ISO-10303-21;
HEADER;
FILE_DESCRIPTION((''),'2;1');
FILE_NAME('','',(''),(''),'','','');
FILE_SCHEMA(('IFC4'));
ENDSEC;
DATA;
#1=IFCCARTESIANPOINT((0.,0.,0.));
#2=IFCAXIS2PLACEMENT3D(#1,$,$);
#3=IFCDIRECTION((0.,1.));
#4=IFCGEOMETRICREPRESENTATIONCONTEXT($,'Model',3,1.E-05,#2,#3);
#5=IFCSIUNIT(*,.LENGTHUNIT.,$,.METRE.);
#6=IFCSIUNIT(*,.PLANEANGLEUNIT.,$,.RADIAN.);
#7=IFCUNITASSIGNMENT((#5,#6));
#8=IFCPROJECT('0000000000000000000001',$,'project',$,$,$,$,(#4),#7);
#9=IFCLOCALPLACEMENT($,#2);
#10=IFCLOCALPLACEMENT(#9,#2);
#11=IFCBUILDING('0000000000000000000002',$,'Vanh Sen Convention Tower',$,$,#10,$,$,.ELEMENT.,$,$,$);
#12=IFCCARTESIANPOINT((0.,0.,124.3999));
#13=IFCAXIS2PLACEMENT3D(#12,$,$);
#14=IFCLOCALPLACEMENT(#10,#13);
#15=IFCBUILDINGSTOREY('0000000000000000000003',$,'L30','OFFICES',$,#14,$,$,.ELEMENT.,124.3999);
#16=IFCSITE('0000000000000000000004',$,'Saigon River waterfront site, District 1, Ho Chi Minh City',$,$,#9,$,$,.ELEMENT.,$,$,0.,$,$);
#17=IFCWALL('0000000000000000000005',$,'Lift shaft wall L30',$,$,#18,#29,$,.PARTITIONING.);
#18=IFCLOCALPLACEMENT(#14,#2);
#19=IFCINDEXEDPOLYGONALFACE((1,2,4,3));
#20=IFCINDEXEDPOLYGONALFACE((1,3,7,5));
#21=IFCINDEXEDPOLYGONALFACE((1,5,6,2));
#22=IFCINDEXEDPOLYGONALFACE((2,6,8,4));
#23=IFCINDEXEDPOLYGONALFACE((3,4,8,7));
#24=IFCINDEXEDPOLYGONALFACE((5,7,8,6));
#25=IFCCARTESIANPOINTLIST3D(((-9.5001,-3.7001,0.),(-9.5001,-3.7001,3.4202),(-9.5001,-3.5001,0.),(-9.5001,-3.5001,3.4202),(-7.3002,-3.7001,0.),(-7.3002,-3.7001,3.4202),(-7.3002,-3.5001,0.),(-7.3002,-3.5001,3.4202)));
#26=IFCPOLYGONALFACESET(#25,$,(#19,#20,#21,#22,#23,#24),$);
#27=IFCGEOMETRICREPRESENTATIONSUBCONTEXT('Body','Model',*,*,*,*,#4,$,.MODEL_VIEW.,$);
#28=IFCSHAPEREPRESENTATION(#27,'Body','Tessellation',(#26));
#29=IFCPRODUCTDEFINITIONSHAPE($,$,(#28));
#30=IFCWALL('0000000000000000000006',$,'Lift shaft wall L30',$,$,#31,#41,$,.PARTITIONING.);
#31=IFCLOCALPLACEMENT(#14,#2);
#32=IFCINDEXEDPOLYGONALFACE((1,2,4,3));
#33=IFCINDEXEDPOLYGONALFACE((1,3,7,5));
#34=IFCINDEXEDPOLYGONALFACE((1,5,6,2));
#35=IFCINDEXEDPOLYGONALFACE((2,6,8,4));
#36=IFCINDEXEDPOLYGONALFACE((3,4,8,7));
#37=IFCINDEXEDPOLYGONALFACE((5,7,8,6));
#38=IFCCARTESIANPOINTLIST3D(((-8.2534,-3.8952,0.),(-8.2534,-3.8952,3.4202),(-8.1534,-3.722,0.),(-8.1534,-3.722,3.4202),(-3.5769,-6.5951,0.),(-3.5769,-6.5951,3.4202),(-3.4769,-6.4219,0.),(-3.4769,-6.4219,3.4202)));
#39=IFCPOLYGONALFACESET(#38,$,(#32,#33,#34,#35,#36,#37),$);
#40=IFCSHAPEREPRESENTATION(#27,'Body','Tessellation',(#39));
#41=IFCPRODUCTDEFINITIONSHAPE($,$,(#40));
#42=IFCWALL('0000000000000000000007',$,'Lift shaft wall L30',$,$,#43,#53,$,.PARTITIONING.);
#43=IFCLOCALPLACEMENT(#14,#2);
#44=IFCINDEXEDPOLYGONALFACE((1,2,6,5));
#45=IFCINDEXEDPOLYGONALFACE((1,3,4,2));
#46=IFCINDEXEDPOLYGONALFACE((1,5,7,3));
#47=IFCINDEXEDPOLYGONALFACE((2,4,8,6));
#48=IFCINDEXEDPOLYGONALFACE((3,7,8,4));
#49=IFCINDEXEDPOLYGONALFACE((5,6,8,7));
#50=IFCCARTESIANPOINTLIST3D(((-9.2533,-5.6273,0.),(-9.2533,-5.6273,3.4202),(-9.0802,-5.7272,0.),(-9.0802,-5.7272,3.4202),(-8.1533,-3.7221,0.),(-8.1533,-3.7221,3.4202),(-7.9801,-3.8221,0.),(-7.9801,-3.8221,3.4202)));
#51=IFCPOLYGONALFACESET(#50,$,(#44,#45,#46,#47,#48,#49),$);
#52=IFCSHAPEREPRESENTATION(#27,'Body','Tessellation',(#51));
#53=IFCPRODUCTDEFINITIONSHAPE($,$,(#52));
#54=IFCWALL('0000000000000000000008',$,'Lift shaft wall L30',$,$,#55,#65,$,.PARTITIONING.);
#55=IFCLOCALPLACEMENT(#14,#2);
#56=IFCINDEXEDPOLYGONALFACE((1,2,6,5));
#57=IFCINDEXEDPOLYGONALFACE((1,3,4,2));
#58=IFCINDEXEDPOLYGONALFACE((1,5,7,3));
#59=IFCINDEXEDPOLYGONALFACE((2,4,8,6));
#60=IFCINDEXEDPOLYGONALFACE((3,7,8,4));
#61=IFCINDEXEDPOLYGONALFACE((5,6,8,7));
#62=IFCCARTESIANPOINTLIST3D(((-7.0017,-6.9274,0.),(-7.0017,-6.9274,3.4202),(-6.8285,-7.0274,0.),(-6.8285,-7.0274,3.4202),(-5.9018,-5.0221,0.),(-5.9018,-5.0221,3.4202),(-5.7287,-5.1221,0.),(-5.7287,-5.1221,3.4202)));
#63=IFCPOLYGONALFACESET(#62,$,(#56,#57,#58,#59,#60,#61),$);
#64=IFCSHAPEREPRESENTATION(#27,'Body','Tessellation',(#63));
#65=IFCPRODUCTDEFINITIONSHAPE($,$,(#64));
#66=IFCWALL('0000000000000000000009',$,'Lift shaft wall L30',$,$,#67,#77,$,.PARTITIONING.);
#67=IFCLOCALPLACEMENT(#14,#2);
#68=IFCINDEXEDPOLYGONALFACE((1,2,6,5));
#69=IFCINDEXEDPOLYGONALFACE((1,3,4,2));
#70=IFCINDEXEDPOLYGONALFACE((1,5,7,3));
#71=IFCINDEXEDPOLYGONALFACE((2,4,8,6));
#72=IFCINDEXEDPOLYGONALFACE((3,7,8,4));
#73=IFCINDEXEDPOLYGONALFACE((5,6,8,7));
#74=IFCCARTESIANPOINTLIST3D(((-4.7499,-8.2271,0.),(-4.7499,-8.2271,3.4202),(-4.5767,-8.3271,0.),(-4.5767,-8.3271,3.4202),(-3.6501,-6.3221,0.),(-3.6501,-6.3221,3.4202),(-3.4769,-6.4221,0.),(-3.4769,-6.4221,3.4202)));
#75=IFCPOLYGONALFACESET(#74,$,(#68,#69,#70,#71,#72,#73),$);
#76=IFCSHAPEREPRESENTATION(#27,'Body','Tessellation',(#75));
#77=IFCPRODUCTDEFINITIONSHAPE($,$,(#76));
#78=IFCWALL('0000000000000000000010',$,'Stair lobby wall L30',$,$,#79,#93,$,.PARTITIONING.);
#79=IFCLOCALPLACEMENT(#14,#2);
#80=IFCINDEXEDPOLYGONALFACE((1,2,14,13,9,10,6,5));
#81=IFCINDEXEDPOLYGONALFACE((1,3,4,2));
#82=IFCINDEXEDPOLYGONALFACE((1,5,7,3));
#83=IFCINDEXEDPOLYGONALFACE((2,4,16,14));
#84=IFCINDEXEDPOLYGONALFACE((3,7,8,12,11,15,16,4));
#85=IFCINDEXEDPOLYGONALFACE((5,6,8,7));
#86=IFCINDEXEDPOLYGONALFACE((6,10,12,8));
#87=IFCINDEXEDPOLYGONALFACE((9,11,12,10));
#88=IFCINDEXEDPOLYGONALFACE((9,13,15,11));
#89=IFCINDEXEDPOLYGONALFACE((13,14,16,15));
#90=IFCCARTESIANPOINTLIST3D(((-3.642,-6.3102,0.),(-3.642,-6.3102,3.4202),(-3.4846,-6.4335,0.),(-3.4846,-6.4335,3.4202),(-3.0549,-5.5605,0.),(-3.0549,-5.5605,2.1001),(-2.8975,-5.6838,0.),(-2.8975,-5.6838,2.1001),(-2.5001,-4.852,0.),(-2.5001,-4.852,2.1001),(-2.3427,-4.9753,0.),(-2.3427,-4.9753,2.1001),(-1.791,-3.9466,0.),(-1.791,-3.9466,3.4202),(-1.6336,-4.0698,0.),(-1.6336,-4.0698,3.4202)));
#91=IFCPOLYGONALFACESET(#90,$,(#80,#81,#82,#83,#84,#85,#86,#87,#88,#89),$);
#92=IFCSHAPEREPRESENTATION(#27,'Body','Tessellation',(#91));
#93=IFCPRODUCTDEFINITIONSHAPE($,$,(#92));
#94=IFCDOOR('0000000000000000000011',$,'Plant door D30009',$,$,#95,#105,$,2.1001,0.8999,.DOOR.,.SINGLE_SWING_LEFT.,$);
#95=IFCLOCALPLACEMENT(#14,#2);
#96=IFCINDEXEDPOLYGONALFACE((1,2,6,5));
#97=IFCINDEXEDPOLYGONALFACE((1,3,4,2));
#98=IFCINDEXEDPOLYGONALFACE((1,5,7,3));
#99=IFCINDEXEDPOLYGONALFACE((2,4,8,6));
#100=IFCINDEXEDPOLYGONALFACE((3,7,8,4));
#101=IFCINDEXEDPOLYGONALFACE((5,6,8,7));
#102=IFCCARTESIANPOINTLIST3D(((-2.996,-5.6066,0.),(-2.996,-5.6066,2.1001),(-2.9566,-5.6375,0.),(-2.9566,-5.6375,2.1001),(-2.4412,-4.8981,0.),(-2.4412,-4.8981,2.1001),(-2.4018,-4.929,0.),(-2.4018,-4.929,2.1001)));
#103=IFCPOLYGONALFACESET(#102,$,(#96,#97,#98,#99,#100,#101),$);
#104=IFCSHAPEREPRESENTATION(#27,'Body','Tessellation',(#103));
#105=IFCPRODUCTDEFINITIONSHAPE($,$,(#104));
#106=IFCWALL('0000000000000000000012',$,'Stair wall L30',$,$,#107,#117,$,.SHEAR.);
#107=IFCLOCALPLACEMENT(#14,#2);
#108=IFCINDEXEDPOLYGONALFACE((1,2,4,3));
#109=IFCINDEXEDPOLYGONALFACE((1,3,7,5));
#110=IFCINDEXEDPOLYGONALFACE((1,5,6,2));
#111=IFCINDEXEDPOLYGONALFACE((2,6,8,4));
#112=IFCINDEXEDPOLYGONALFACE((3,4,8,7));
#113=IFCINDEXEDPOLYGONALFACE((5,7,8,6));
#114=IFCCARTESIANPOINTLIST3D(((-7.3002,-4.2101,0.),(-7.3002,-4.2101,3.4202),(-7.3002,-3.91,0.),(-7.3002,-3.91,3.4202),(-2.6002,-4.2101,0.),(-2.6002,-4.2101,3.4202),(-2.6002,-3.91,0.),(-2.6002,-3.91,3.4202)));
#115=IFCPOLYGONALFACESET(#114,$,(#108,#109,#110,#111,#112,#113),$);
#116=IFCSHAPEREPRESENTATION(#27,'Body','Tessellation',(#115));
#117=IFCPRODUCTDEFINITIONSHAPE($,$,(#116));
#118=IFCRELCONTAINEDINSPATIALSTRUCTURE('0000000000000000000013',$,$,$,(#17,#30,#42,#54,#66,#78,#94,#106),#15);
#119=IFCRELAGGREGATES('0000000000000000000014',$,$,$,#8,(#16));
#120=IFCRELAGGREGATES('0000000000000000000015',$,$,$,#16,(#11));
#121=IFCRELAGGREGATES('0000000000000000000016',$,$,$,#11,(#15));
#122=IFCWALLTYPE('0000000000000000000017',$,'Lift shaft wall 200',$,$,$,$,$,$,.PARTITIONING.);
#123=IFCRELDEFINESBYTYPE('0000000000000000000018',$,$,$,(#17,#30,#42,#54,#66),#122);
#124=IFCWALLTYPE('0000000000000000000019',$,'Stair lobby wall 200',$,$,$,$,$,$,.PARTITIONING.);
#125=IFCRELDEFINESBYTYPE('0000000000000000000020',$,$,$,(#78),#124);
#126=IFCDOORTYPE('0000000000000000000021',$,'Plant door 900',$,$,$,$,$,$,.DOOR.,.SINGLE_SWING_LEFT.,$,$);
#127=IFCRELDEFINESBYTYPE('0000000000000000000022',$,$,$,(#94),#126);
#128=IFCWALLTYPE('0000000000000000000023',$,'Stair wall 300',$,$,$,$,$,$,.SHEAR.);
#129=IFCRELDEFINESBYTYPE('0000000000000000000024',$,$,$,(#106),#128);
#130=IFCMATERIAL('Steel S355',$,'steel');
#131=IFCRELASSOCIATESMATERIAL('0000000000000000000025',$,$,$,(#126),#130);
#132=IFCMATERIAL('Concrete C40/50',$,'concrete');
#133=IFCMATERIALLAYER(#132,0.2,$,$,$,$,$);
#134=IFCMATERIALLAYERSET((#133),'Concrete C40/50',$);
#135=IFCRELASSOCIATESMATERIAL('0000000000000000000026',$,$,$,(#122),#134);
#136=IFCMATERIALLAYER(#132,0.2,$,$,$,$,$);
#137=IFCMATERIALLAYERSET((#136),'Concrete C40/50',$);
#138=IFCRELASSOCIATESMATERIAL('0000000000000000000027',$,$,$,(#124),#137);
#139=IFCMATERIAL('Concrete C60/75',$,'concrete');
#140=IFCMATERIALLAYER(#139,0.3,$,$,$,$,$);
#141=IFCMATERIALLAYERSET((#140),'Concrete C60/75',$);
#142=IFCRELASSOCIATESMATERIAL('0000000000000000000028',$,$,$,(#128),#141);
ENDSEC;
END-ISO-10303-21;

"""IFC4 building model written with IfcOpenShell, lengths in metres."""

from ifc_helpers import new_model, si_unit, direction, frame, frame_2d, origin, place, context, subcontext, project, spatial, rectangle, extrude, material, layer, layer_set, type_object, element, fill, save


model = new_model("IFC4")

# Units and contexts
model_context = context("Model", 3, precision=1e-05, world=origin(), true_north=direction((0.0, 1.0)))
body_context = subcontext(model_context, "Body", "Model", "MODEL_VIEW")
ifc_project = project(units=[si_unit("LENGTHUNIT", "METRE"), si_unit("PLANEANGLEUNIT", "RADIAN")], contexts=[model_context])

# Site, building, storey
site_placement = place(None, origin())
site = spatial("IfcSite", under=ifc_project, at=site_placement, Name="Saigon River waterfront site, District 1, Ho Chi Minh City", CompositionType="ELEMENT", RefElevation=0.0)
building_placement = place(site_placement, origin())
building = spatial("IfcBuilding", under=site, at=building_placement, Name="Vanh Sen Convention Tower", CompositionType="ELEMENT")
storey_placement = place(building_placement, frame((0.0, 0.0, 124.3999)))
storey = spatial("IfcBuildingStorey", under=building, at=storey_placement, Name="L30", Description="OFFICES", CompositionType="ELEMENT", Elevation=124.3999)

# Shared definitions
ifc_material_1 = material(Name="Steel S355", Category="steel")
door_type_1 = type_object("IfcDoorType", Name="Plant door 900", OperationType="SINGLE_SWING_LEFT", PredefinedType="DOOR", material=ifc_material_1)

# Walls
ifc_material_2 = material(Name="Concrete C40/50", Category="concrete")
ifc_layer_1 = layer(ifc_material_2, 0.2)
ifc_layer_set_1 = layer_set([ifc_layer_1], Name="Concrete C40/50")
wall_type_1 = type_object("IfcWallType", Name="Lift shaft wall 200", PredefinedType="PARTITIONING", material=ifc_layer_set_1)
wall_1_placement = place(storey_placement, frame((-7.3, -3.6001, 0.0), z_axis=(0.0, 0.0, 1.0), x_axis=(-1.0, 0.0, 0.0)))
element("IfcWall", 1, at=wall_1_placement, inside=storey, type_object=wall_type_1, Name="Lift shaft wall L30", PredefinedType="PARTITIONING", context=body_context, shape_type="SweptSolid", body=[
    extrude(rectangle(XDim=2.2, YDim=0.2, at=frame_2d((1.1001, 0.0))), origin(), (0.0, 0.0, 1.0), 3.4202),
])
wall_2_placement = place(storey_placement, frame((-8.2034, -3.8086, 0.0), z_axis=(0.0, 0.0, 1.0), x_axis=(0.866028, -0.499995, 0.0)))
element("IfcWall", 2, at=wall_2_placement, inside=storey, type_object=wall_type_1, Name="Lift shaft wall L30", PredefinedType="PARTITIONING", context=body_context, shape_type="SweptSolid", body=[
    extrude(rectangle(XDim=5.3999, YDim=0.2, at=frame_2d((2.7, 0.0))), origin(), (0.0, 0.0, 1.0), 3.4202),
])
for number, where, z_axis, x_axis, name in (
    (3, (-8.0667, -3.772, 0.0), (0.0, 0.0, 1.0), (-0.50003, -0.866008, 0.0), "Lift shaft wall L30"),
    (4, (-5.8152, -5.072, 0.0), (0.0, 0.0, 1.0), (-0.499947, -0.866056, 0.0), "Lift shaft wall L30"),
):
    element("IfcWall", number, at=place(storey_placement, frame(where, z_axis=z_axis, x_axis=x_axis)), inside=storey, type_object=wall_type_1, Name=name, PredefinedType="PARTITIONING", context=body_context, shape_type="SweptSolid", body=[
        extrude(rectangle(XDim=2.2, YDim=0.2, at=frame_2d((1.1001, 0.0))), origin(), (0.0, 0.0, 1.0), 3.4202),
    ])
wall_3_placement = place(storey_placement, frame((-3.5635, -6.3721, 0.0), z_axis=(0.0, 0.0, 1.0), x_axis=(-0.499995, -0.866028, 0.0)))
element("IfcWall", 5, at=wall_3_placement, inside=storey, type_object=wall_type_1, Name="Lift shaft wall L30", PredefinedType="PARTITIONING", context=body_context, shape_type="SweptSolid", body=[
    extrude(rectangle(XDim=2.1997, YDim=0.2, at=frame_2d((1.0999, 0.0))), origin(), (0.0, 0.0, 1.0), 3.4202),
])

# Wall, opening, door
ifc_layer_2 = layer(ifc_material_2, 0.2)
ifc_layer_set_2 = layer_set([ifc_layer_2], Name="Concrete C40/50")
wall_type_2 = type_object("IfcWallType", Name="Stair lobby wall 200", PredefinedType="PARTITIONING", material=ifc_layer_set_2)
wall_4_placement = place(storey_placement, frame((-1.7124, -4.0083, 0.0), z_axis=(0.0, 0.0, 1.0), x_axis=(-0.616549, -0.787316, 0.0)))
wall_4 = element("IfcWall", 6, at=wall_4_placement, inside=storey, type_object=wall_type_2, Name="Stair lobby wall L30", PredefinedType="PARTITIONING", context=body_context, shape_type="SweptSolid", body=[
    extrude(rectangle(XDim=3.0022, YDim=0.2, at=frame_2d((1.501, 0.0))), origin(), (0.0, 0.0, 1.0), 3.4202),
])
opening_1_placement = place(wall_4_placement, frame((1.1499, 0.0, 0.0)))
opening_1 = element("IfcOpeningElement", 7, at=opening_1_placement, cuts=wall_4, PredefinedType="OPENING", context=body_context, shape_type="SweptSolid", body=[
    extrude(rectangle(XDim=0.8999, YDim=2.1001, at=frame_2d((0.45, 1.05))), frame((0.0, 0.1099, 0.0), z_axis=(0.0, -1.0, 0.0), x_axis=(1.0, 0.0, 0.0)), (0.0, 0.0, 1.0), 0.22),
])
door_1_placement = place(opening_1_placement, origin())
door_1 = element("IfcDoor", 8, at=door_1_placement, inside=storey, type_object=door_type_1, Name="Plant door D30009", OperationType="SINGLE_SWING_LEFT", OverallHeight=2.1001, OverallWidth=0.8999, PredefinedType="DOOR", context=body_context, shape_type="SweptSolid", body=[
    extrude(rectangle(XDim=0.8999, YDim=2.1001, at=frame_2d((0.45, 1.05))), frame((0.0, 0.0249, 0.0), z_axis=(0.0, -1.0, 0.0), x_axis=(1.0, 0.0, 0.0)), (0.0, 0.0, 1.0), 0.05),
])
fill(opening_1, door_1)

# Wall
ifc_material_3 = material(Name="Concrete C60/75", Category="concrete")
ifc_layer_3 = layer(ifc_material_3, 0.3)
ifc_layer_set_3 = layer_set([ifc_layer_3], Name="Concrete C60/75")
wall_type_3 = type_object("IfcWallType", Name="Stair wall 300", PredefinedType="SHEAR", material=ifc_layer_set_3)
wall_5_placement = place(storey_placement, frame((-2.6001, -4.0601, 0.0), z_axis=(0.0, 0.0, 1.0), x_axis=(-1.0, 0.0, 0.0)))
element("IfcWall", 9, at=wall_5_placement, inside=storey, type_object=wall_type_3, Name="Stair wall L30", PredefinedType="SHEAR", context=body_context, shape_type="SweptSolid", body=[
    extrude(rectangle(XDim=4.7, YDim=0.3, at=frame_2d((2.3501, 0.0))), origin(), (0.0, 0.0, 1.0), 3.4202),
])

save(model, "model.ifc")
